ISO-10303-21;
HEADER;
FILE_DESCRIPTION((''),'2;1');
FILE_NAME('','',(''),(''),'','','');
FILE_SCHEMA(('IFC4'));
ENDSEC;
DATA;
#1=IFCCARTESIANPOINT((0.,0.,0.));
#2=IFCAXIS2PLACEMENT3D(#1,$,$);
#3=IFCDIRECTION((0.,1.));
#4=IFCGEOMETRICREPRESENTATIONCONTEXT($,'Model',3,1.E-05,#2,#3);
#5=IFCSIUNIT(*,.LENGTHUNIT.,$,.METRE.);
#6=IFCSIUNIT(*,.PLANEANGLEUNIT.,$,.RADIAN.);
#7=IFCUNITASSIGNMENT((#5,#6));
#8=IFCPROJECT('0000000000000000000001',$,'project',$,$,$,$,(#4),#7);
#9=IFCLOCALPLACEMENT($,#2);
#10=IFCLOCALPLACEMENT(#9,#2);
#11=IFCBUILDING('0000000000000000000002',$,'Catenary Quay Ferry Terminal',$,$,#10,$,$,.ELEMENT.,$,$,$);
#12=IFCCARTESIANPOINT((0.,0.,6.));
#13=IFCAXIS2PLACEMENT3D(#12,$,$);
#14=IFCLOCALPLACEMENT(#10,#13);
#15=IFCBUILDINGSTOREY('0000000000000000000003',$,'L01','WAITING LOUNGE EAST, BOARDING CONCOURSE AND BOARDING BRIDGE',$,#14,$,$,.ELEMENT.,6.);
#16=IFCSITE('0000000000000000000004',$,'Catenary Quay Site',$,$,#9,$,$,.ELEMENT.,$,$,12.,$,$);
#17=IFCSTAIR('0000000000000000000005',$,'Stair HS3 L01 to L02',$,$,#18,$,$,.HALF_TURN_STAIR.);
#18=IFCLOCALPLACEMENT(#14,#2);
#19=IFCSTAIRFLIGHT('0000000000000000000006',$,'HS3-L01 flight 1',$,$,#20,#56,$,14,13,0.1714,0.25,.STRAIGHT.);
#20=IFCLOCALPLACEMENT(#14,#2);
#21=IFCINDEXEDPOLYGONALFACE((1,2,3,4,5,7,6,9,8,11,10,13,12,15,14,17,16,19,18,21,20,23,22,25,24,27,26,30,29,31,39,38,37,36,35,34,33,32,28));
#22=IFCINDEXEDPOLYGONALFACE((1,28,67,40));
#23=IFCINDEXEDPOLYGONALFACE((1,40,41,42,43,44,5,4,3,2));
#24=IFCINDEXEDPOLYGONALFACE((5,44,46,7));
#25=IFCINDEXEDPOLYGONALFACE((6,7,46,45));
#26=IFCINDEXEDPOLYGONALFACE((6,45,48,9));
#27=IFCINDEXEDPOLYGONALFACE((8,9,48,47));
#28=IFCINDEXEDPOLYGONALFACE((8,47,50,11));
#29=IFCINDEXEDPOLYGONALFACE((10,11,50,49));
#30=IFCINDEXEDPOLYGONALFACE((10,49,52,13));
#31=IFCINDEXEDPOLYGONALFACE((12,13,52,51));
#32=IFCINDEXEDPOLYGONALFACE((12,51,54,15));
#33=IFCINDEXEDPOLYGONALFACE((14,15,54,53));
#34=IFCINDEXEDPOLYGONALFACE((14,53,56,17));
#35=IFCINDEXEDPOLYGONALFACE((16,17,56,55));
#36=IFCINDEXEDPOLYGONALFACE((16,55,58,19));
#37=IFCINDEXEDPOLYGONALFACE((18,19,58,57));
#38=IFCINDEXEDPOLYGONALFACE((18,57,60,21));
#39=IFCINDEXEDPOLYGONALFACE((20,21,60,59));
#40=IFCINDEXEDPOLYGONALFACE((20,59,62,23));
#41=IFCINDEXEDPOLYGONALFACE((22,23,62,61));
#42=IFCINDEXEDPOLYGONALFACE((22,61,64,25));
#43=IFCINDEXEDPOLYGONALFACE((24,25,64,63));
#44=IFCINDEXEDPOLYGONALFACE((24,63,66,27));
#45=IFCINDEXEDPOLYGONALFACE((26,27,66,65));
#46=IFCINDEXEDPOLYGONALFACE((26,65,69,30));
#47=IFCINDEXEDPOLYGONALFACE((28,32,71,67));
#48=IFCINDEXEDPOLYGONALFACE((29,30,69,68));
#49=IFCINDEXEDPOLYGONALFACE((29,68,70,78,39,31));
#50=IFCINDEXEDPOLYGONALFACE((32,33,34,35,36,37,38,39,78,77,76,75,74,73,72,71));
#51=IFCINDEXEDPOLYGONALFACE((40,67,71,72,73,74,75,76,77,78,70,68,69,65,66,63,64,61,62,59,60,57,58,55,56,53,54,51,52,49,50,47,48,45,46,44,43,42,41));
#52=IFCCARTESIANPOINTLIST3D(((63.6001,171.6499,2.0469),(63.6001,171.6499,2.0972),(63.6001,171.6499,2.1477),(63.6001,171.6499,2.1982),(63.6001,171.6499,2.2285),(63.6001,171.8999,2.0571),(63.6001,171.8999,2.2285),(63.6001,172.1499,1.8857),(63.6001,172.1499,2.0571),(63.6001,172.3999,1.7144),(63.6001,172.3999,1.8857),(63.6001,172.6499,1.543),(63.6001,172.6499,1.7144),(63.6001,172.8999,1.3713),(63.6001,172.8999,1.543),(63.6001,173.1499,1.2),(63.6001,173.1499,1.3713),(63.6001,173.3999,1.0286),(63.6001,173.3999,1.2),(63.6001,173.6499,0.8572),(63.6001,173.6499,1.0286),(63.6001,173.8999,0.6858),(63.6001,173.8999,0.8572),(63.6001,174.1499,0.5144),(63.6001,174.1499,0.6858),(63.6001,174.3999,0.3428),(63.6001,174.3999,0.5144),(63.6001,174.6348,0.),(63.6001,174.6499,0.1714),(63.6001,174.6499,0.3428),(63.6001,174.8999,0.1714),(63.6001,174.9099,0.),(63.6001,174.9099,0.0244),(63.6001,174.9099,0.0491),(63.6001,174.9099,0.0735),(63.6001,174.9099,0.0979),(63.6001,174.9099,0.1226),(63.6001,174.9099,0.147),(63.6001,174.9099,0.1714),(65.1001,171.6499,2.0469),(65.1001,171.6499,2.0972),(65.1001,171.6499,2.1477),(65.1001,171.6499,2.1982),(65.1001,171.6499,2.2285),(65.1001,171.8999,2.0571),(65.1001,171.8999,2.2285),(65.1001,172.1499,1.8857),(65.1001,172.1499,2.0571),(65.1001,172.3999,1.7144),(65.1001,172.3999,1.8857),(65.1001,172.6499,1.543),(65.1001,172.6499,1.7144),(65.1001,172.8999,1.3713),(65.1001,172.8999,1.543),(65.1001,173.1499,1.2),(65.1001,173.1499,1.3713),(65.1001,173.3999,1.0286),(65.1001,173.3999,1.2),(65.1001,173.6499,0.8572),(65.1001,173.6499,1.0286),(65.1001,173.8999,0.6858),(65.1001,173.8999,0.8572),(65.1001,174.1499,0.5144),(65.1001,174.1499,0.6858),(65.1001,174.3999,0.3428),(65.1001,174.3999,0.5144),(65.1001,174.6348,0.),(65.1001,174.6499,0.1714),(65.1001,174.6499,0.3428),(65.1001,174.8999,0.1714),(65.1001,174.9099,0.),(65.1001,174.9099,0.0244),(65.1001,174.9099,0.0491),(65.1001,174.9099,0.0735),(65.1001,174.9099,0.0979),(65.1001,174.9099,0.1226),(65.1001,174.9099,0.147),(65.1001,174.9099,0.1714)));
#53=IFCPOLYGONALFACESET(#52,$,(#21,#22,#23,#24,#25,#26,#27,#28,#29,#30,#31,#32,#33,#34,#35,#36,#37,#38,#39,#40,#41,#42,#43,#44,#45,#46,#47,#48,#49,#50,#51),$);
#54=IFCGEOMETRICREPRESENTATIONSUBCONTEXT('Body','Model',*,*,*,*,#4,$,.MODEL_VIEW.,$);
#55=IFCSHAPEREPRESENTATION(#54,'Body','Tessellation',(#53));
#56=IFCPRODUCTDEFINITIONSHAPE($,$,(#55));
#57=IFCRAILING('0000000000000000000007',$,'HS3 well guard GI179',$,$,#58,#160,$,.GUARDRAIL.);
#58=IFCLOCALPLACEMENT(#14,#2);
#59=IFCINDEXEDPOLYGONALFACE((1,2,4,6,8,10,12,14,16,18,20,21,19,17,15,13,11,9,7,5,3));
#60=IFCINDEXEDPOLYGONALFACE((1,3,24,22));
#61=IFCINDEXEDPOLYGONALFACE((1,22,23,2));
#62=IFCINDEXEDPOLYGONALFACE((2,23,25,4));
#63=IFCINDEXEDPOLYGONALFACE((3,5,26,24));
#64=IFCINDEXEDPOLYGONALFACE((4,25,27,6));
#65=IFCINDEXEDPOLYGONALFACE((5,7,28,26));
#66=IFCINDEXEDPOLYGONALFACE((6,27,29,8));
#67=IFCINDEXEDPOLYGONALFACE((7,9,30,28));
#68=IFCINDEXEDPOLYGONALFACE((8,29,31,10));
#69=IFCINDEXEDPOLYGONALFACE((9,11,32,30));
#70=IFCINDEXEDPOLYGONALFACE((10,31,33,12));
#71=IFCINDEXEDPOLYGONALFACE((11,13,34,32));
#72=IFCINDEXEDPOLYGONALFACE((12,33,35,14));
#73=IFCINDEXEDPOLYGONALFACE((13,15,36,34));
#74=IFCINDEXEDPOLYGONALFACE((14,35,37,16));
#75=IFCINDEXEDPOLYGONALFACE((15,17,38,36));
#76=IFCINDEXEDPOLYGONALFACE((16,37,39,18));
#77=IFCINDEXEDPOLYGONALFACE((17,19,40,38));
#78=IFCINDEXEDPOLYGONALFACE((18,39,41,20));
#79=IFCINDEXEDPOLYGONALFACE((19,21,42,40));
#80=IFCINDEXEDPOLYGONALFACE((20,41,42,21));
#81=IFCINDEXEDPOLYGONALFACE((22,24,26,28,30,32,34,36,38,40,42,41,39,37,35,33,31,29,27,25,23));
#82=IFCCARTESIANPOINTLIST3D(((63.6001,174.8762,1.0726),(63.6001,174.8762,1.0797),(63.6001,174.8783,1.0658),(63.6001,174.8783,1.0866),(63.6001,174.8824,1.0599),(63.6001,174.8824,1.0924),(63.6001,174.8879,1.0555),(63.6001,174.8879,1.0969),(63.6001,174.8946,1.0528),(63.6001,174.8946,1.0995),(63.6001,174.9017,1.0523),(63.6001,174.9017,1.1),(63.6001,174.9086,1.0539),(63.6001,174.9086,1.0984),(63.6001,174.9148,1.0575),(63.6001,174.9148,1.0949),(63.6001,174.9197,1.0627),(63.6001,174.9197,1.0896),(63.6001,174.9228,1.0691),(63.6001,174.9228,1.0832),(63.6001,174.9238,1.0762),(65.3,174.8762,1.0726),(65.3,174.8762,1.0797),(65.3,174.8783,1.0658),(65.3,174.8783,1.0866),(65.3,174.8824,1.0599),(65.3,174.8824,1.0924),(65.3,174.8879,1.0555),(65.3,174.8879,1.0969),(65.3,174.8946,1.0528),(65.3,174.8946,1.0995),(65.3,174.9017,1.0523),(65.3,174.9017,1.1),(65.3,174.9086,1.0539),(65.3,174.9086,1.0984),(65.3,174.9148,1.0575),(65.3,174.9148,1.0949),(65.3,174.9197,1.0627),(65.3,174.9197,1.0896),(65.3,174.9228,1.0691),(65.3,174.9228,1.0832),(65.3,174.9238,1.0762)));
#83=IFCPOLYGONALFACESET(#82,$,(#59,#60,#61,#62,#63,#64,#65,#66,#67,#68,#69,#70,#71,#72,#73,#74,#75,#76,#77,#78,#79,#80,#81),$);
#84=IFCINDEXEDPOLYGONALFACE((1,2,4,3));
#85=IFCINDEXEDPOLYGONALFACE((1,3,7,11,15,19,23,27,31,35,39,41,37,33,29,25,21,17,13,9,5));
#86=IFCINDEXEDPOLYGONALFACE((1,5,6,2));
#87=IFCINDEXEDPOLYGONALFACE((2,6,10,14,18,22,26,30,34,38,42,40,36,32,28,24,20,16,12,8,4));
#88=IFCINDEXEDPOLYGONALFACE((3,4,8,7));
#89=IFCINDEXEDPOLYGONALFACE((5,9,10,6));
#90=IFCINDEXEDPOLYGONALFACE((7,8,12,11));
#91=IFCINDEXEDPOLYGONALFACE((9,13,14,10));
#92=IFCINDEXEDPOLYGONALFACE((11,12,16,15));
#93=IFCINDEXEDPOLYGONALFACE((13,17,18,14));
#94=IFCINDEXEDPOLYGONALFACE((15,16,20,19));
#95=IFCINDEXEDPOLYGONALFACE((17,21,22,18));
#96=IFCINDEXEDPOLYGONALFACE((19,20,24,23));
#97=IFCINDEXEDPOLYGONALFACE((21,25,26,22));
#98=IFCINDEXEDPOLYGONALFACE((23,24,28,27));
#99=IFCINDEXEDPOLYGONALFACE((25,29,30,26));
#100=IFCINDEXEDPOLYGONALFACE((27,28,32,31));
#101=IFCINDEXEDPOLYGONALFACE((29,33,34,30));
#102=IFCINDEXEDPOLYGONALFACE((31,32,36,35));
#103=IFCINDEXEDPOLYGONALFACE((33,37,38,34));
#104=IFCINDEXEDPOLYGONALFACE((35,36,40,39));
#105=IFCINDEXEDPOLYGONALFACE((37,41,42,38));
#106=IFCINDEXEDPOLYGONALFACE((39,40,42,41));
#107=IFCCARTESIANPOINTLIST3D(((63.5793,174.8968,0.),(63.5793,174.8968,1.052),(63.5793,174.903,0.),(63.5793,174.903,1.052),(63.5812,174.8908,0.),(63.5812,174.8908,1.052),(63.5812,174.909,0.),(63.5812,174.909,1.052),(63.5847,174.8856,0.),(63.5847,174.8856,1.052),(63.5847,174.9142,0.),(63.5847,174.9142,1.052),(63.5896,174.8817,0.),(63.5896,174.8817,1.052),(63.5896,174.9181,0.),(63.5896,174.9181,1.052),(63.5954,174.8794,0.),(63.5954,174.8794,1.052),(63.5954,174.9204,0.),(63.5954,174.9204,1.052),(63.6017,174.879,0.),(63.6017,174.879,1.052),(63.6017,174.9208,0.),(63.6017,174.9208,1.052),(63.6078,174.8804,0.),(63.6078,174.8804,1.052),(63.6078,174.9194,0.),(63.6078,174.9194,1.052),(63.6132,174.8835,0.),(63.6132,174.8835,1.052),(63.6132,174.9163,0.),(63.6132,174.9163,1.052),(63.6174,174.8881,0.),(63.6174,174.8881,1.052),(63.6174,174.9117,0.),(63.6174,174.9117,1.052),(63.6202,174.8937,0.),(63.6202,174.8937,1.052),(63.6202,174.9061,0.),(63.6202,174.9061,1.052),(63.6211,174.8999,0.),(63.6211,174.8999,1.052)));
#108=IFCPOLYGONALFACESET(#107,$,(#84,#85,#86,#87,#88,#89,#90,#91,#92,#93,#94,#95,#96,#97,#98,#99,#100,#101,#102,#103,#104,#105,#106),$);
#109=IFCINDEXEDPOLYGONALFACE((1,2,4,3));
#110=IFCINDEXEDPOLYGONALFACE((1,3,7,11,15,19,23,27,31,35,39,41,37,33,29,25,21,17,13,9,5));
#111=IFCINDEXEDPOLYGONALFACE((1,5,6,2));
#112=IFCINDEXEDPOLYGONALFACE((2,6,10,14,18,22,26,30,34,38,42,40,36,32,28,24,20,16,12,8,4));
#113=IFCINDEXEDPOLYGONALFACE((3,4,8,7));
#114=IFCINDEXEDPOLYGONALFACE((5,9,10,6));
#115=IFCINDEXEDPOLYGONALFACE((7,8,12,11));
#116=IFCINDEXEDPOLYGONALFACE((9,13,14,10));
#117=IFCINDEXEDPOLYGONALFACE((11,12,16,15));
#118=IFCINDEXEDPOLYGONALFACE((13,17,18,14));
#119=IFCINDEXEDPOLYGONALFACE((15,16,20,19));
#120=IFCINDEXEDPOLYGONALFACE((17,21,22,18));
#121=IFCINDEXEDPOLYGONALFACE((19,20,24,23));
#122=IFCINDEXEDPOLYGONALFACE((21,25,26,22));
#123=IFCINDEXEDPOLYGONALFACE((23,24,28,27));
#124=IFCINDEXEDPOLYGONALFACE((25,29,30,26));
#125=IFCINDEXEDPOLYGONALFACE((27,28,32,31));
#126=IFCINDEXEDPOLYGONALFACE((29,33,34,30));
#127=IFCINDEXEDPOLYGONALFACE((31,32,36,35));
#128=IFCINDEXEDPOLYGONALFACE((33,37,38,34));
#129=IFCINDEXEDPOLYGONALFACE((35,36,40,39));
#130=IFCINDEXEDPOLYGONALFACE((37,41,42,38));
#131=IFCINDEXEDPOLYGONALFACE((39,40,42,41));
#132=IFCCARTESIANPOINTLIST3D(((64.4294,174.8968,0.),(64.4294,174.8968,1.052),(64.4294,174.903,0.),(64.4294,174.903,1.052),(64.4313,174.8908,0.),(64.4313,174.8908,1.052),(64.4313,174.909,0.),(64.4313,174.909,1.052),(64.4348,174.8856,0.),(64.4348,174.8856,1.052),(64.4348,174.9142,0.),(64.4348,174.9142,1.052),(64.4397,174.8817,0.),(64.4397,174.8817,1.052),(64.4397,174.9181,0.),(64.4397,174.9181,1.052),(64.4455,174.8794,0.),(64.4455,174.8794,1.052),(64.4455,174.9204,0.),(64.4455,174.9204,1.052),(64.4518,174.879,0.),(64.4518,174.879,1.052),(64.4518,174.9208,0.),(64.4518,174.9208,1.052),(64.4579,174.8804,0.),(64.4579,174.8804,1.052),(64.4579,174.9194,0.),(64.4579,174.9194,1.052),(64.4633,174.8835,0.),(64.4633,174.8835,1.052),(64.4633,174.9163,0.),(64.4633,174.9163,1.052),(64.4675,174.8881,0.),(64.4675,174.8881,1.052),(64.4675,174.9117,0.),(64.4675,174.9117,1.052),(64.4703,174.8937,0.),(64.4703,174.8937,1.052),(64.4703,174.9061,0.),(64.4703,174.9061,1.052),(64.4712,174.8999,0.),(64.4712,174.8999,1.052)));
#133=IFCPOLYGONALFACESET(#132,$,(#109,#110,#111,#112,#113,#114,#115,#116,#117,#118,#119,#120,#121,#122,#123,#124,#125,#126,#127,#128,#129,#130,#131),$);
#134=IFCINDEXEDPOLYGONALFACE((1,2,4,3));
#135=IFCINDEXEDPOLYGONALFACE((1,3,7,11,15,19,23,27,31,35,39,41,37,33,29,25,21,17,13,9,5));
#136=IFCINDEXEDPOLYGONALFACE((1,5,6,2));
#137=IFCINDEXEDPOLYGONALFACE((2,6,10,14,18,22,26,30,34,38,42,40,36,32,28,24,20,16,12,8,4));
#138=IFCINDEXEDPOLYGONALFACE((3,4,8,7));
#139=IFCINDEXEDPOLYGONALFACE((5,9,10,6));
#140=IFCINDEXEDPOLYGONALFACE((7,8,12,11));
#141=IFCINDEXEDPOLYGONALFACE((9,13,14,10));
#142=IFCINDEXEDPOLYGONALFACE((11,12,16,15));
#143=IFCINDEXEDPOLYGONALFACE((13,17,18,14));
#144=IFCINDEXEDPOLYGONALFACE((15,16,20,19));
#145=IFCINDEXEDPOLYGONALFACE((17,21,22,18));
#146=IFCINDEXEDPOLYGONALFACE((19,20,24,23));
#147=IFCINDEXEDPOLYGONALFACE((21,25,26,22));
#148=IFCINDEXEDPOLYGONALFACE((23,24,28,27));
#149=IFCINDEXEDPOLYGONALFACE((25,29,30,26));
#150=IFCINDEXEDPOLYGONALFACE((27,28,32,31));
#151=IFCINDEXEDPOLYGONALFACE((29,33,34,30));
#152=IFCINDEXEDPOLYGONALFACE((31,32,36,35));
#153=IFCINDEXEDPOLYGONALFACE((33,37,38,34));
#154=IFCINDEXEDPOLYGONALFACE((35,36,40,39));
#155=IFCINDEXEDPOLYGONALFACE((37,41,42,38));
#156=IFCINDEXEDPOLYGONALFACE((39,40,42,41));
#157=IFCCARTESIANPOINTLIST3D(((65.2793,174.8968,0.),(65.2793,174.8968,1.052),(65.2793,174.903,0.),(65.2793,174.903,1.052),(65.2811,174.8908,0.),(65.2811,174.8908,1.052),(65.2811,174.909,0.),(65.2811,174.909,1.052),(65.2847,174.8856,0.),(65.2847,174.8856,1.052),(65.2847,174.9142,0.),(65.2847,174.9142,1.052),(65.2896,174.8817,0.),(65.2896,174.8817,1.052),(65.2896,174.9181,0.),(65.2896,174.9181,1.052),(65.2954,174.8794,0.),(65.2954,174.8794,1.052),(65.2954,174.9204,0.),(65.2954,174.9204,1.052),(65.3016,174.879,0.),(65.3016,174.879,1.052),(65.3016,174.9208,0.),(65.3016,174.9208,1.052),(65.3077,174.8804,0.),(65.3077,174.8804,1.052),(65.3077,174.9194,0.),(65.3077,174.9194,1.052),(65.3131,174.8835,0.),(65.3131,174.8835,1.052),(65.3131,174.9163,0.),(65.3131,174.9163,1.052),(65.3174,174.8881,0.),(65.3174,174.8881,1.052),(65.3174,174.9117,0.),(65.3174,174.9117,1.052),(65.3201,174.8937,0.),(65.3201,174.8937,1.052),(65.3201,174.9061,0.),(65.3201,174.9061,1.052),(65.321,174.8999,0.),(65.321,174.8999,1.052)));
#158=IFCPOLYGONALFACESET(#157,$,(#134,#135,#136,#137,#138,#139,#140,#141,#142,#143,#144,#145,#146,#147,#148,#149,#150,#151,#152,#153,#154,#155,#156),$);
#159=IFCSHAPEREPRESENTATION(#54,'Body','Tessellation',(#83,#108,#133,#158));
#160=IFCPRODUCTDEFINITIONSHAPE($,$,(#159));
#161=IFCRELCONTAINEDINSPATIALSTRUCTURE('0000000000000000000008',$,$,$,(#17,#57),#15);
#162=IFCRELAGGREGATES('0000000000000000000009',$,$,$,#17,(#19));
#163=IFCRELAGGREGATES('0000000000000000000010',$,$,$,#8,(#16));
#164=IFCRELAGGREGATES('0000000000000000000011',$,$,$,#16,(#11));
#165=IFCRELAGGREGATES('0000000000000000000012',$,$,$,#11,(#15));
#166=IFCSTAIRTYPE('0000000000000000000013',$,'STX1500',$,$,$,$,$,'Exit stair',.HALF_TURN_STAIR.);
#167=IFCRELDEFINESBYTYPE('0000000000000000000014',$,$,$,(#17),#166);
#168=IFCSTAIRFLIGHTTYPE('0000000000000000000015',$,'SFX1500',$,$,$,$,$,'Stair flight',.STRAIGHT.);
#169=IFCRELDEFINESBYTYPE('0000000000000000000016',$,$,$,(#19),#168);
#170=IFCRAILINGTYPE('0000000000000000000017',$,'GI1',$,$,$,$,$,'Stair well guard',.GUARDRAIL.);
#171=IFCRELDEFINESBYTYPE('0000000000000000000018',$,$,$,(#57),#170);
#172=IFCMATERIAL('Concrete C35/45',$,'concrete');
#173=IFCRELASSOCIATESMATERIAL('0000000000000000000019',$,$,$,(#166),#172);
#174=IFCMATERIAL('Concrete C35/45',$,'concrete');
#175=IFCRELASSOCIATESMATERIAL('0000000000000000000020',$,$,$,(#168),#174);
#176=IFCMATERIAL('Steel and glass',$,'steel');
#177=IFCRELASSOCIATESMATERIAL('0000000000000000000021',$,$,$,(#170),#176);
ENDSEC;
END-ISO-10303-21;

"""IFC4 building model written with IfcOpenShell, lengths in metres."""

from ifc_helpers import new_model, si_unit, direction, frame, origin, origin_2d, place, context, subcontext, project, spatial, polyline, circle, outline, extrude, material, type_object, element, aggregate, save


model = new_model("IFC4")

# Units and contexts
model_context = context("Model", 3, precision=1e-05, world=origin(), true_north=direction((0.0, 1.0)))
body_context = subcontext(model_context, "Body", "Model", "MODEL_VIEW")
ifc_project = project(units=[si_unit("LENGTHUNIT", "METRE"), si_unit("PLANEANGLEUNIT", "RADIAN")], contexts=[model_context])

# Site, building, storey
site_placement = place(None, origin())
site = spatial("IfcSite", under=ifc_project, at=site_placement, Name="Catenary Quay Site", CompositionType="ELEMENT", RefElevation=12.0)
building_placement = place(site_placement, origin())
building = spatial("IfcBuilding", under=site, at=building_placement, Name="Catenary Quay Ferry Terminal", CompositionType="ELEMENT")
storey_placement = place(building_placement, frame((0.0, 0.0, 6.0)))
storey = spatial("IfcBuildingStorey", under=building, at=storey_placement, Name="L01", Description="WAITING LOUNGE EAST, BOARDING CONCOURSE AND BOARDING BRIDGE", CompositionType="ELEMENT", Elevation=6.0)

# Stair, stair flight
ifc_material_1 = material(Name="Concrete C35/45", Category="concrete")
stair_type = type_object("IfcStairType", Name="STX1500", ElementType="Exit stair", PredefinedType="HALF_TURN_STAIR", material=ifc_material_1)
stair_placement = place(storey_placement, origin())
stair = element("IfcStair", 1, at=stair_placement, inside=storey, type_object=stair_type, Name="Stair HS3 L01 to L02", PredefinedType="HALF_TURN_STAIR")
ifc_material_2 = material(Name="Concrete C35/45", Category="concrete")
stair_flight_type = type_object("IfcStairFlightType", Name="SFX1500", ElementType="Stair flight", PredefinedType="STRAIGHT", material=ifc_material_2)
stair_flight_placement = place(storey_placement, frame((64.3501, 174.8999, 0.0), z_axis=(0.0, 0.0, 1.0), x_axis=(0.0, -1.0, 0.0)))
stair_flight = element("IfcStairFlight", 2, at=stair_flight_placement, type_object=stair_flight_type, Name="HS3-L01 flight 1", NumberOfRisers=14, NumberOfTreads=13, PredefinedType="STRAIGHT", RiserHeight=0.1714, TreadLength=0.25, context=body_context, shape_type="SweptSolid", body=[
    extrude(outline(polyline([(-0.01, 0.0), (-0.01, 0.0244), (-0.01, 0.0491), (-0.01, 0.0735), (-0.01, 0.0979), (-0.01, 0.1226), (-0.01, 0.147), (-0.01, 0.1714), (0.0, 0.1714), (0.25, 0.1714), (0.25, 0.3428), (0.5, 0.3428), (0.5, 0.5144), (0.75, 0.5144), (0.75, 0.6858), (1.0, 0.6858), (1.0, 0.8572), (1.25, 0.8572), (1.25, 1.0286), (1.5, 1.0286), (1.5, 1.2), (1.75, 1.2), (1.75, 1.3713), (2.0, 1.3713), (2.0, 1.543), (2.25, 1.543), (2.25, 1.7144), (2.5, 1.7144), (2.5, 1.8857), (2.75, 1.8857), (2.75, 2.0571), (3.0, 2.0571), (3.0, 2.2285), (3.25, 2.2285), (3.25, 2.3999), (3.25, 2.3496), (3.25, 2.2991), (3.25, 2.2485), (3.25, 2.1982), (3.25, 2.1477), (3.25, 2.0972), (3.25, 2.0469), (0.2651, 0.0), (-0.01, 0.0)])), frame((0.0, 0.75, 0.0), z_axis=(0.0, -1.0, 0.0), x_axis=(1.0, 0.0, 0.0)), (0.0, 0.0, 1.0), 1.5),
])
aggregate(stair, [stair_flight])

# Railing
ifc_material_3 = material(Name="Steel and glass", Category="steel")
railing_type_1 = type_object("IfcRailingType", Name="GI1", ElementType="Stair well guard", PredefinedType="GUARDRAIL", material=ifc_material_3)
railing_placement = place(storey_placement, frame((63.6001, 174.8999, 0.0)))
element("IfcRailing", 3, at=railing_placement, inside=storey, type_object=railing_type_1, Name="HS3 well guard GI179", PredefinedType="GUARDRAIL", context=body_context, shape_type="SweptSolid", body=[
    extrude(circle(Radius=0.0239, at=origin_2d()), frame((0.0, 0.0, 1.0762), z_axis=(1.0, 0.0, 0.0), x_axis=(0.0, 1.0, 0.0)), (0.0, 0.0, 1.0), 1.7),
    extrude(circle(Radius=0.021, at=origin_2d()), origin(), (0.0, 0.0, 1.0), 1.052),
    extrude(circle(Radius=0.021, at=origin_2d()), frame((0.8501, 0.0, 0.0)), (0.0, 0.0, 1.0), 1.052),
    extrude(circle(Radius=0.021, at=origin_2d()), frame((1.7, 0.0, 0.0)), (0.0, 0.0, 1.0), 1.052),
])

save(model, "model.ifc")
